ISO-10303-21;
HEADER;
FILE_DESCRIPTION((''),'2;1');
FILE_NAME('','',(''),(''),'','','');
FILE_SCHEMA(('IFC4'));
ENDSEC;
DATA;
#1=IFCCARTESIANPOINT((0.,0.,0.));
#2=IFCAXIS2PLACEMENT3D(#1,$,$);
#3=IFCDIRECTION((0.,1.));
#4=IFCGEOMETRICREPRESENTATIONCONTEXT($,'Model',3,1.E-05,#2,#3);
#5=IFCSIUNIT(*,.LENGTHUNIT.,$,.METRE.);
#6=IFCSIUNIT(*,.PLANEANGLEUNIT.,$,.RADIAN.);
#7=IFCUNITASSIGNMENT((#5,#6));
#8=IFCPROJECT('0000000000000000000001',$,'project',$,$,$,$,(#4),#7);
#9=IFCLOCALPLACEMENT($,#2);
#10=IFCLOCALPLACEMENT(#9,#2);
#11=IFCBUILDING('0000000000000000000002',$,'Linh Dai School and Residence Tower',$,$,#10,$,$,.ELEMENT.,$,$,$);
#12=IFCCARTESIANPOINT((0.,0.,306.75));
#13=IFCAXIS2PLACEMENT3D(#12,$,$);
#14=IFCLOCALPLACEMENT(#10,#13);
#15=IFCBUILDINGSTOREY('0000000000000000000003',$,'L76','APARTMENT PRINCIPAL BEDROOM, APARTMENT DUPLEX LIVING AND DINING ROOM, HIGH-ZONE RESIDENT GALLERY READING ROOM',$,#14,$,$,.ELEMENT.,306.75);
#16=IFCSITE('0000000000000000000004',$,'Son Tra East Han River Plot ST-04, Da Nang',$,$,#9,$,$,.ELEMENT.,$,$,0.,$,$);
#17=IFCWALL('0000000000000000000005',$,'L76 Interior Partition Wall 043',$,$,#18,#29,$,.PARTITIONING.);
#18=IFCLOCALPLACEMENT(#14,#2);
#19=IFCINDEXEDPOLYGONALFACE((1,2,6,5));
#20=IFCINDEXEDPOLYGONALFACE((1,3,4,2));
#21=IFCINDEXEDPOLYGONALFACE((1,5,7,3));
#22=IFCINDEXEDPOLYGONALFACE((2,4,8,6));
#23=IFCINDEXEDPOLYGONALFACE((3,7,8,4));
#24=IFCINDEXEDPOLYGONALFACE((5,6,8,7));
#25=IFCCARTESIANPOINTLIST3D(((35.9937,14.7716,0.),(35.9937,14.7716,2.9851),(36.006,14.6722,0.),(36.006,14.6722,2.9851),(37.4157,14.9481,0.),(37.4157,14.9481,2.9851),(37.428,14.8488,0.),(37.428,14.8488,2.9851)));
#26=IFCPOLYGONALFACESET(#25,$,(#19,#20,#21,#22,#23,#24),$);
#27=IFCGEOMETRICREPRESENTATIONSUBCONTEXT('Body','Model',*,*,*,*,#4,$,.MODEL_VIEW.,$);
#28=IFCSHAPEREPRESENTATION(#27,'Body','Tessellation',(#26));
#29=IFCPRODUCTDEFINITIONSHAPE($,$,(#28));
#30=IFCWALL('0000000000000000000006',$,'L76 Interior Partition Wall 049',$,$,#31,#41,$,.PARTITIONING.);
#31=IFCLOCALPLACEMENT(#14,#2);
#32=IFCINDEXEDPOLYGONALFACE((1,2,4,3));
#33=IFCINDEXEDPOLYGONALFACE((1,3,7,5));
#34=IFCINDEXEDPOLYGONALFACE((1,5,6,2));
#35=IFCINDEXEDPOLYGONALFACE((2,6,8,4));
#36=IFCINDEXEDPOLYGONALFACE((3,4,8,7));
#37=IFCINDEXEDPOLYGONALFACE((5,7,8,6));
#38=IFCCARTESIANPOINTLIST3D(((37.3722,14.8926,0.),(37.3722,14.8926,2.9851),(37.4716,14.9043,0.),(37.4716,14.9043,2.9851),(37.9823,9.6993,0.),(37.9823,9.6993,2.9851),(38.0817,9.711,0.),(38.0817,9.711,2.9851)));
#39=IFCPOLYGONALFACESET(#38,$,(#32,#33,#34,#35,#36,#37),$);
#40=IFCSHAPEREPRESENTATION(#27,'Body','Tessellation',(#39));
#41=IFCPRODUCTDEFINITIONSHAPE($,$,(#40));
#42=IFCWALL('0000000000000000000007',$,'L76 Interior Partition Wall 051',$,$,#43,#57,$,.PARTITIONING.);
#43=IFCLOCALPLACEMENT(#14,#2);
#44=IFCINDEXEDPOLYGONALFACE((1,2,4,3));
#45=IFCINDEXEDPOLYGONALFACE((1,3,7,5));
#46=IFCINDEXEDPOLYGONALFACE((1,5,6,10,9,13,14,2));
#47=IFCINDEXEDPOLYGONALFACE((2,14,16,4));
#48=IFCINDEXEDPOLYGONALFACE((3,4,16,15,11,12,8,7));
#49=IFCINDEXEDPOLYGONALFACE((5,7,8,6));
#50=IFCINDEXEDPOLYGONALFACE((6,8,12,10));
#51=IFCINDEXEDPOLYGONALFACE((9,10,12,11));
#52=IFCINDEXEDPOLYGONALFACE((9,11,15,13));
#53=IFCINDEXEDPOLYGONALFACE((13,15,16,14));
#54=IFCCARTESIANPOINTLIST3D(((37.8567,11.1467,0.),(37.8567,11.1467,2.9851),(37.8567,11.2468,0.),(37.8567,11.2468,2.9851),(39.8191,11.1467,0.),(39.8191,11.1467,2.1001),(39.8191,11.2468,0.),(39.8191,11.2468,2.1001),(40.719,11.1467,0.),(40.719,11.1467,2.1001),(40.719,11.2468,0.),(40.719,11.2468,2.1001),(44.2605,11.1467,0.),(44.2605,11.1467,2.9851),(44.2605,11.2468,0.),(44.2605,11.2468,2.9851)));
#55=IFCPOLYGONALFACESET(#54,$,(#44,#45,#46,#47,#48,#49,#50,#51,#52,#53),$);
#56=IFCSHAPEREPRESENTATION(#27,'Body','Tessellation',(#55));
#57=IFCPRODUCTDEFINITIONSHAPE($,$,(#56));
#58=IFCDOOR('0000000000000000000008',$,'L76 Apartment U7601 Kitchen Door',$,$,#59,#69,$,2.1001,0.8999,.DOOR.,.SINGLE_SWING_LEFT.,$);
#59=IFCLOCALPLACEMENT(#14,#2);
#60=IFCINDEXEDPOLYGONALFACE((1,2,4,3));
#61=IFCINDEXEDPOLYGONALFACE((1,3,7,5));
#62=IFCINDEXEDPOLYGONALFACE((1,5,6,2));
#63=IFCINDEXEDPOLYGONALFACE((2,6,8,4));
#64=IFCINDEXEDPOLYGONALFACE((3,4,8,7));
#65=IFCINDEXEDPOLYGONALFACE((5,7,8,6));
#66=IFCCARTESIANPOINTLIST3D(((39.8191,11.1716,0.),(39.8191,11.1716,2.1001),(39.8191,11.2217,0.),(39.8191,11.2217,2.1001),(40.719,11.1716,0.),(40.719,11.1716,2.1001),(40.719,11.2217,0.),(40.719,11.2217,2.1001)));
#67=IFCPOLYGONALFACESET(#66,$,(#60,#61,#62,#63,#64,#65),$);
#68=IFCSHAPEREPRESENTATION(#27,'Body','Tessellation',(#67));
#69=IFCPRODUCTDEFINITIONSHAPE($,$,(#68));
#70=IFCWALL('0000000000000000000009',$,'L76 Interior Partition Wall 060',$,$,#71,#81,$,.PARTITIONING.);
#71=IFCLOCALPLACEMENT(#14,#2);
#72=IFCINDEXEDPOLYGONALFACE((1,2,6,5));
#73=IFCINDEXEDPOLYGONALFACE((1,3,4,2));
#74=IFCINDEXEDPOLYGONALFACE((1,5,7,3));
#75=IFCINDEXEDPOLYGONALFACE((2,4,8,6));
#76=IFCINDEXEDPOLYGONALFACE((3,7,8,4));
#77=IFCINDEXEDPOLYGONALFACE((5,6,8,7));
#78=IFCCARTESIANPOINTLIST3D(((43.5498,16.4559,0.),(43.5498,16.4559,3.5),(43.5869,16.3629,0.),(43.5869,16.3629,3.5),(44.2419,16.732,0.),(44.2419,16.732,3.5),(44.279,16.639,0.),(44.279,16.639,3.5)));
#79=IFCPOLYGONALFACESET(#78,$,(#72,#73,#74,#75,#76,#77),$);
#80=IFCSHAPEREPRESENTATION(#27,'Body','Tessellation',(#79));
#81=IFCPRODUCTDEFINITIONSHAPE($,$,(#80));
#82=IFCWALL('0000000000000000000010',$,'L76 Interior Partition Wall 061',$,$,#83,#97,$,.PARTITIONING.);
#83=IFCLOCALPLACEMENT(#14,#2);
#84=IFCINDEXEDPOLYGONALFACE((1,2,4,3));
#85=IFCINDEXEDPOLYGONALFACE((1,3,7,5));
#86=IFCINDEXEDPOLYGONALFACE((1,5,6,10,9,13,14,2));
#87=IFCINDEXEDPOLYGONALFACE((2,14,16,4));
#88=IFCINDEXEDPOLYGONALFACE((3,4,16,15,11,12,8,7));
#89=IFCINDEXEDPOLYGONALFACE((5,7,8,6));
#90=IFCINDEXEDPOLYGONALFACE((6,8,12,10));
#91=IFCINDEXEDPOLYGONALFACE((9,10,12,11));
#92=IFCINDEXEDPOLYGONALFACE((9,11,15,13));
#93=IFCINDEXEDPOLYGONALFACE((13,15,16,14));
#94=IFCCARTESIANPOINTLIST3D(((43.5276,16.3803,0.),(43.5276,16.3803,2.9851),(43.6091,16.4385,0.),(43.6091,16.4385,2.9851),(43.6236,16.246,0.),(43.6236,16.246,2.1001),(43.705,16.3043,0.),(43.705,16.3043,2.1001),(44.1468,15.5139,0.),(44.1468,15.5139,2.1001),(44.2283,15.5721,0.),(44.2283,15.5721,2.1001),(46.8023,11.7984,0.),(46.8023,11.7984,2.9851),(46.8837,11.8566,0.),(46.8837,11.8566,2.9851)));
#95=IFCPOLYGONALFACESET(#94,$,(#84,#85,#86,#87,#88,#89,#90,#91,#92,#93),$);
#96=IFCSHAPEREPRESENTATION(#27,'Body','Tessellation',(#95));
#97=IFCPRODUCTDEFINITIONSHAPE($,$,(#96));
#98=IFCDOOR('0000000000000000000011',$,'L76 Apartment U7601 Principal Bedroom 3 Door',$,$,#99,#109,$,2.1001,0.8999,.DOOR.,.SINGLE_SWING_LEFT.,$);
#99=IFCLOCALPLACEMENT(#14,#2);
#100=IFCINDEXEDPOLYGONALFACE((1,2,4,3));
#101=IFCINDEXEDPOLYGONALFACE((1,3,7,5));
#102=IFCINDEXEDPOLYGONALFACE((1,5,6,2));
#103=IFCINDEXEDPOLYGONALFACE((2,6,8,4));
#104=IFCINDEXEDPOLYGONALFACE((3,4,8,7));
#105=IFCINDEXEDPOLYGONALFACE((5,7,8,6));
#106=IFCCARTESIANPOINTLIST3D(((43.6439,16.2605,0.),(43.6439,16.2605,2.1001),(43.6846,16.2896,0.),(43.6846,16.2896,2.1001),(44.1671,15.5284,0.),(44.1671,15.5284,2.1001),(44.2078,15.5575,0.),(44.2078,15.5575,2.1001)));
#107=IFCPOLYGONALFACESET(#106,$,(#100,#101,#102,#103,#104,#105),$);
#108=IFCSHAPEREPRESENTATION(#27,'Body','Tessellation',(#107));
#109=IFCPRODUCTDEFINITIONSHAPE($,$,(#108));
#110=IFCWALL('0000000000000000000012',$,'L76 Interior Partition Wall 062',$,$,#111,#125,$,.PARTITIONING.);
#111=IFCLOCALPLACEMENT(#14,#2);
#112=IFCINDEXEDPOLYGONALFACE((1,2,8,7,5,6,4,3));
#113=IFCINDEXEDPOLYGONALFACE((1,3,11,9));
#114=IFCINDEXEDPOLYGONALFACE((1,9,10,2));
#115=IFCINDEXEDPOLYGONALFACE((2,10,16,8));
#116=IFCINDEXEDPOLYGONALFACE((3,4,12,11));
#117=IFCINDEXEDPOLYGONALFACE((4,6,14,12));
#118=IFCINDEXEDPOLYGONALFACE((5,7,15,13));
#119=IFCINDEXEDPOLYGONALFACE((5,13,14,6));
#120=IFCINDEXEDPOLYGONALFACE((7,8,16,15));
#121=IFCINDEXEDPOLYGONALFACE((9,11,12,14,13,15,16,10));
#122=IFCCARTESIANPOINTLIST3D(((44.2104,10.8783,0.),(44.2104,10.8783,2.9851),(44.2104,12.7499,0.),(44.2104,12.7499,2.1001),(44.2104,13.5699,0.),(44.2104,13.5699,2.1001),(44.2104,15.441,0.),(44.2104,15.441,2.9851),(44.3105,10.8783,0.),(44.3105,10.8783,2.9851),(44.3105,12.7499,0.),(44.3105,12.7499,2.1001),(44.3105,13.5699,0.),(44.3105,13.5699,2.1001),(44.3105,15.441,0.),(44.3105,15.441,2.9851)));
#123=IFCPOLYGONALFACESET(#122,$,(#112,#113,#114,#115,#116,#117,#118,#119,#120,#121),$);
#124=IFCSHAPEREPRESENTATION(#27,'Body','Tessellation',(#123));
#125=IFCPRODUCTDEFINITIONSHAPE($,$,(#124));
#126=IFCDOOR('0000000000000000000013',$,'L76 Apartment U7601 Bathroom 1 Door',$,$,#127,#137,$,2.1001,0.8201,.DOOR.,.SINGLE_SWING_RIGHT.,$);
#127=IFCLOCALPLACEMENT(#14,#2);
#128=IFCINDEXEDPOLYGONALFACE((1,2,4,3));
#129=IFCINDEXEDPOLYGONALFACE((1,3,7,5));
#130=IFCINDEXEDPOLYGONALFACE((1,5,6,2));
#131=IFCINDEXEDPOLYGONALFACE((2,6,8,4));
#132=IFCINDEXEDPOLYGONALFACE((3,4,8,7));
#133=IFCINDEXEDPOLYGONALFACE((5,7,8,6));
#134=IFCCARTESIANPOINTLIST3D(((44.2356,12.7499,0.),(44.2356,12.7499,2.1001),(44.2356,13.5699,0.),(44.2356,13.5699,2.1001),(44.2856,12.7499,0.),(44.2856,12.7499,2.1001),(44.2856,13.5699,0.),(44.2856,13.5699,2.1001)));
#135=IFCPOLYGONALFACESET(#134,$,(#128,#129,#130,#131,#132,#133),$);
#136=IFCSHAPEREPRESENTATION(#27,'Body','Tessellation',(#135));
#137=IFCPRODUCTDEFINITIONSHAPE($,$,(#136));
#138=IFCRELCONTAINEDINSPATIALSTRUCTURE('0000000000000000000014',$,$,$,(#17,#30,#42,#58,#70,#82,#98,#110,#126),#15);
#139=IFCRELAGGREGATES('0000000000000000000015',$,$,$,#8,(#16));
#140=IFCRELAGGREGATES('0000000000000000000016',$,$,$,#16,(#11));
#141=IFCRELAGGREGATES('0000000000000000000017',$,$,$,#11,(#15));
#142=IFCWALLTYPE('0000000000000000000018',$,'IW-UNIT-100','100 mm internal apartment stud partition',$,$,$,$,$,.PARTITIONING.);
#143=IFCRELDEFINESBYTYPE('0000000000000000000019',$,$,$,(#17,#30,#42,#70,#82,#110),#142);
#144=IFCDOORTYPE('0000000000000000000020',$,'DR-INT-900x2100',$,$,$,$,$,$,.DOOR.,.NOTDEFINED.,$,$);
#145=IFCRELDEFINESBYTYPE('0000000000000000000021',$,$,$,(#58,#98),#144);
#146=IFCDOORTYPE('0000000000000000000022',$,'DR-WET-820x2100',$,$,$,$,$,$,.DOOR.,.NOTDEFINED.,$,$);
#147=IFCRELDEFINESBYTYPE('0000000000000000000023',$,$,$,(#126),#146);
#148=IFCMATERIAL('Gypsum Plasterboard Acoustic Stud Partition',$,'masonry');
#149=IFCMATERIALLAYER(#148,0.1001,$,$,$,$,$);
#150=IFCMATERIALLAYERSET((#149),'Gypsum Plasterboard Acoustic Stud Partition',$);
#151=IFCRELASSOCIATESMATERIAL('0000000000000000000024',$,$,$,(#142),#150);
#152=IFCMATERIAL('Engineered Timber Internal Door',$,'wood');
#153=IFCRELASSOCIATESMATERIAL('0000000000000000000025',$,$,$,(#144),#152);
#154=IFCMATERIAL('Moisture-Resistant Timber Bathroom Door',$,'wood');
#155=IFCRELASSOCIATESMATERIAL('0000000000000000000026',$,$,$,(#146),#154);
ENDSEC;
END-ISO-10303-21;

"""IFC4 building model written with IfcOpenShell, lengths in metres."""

from ifc_helpers import new_model, si_unit, direction, frame, frame_2d, origin, origin_2d, place, context, subcontext, project, spatial, rectangle, extrude, source, transform, mapped, material, layer, layer_set, type_object, element, fill, save


model = new_model("IFC4")

# Units and contexts
model_context = context("Model", 3, precision=1e-05, world=origin(), true_north=direction((0.0, 1.0)))
body_context = subcontext(model_context, "Body", "Model", "MODEL_VIEW")
ifc_project = project(units=[si_unit("LENGTHUNIT", "METRE"), si_unit("PLANEANGLEUNIT", "RADIAN")], contexts=[model_context])

# Site, building, storey
site_placement = place(None, origin())
site = spatial("IfcSite", under=ifc_project, at=site_placement, Name="Son Tra East Han River Plot ST-04, Da Nang", CompositionType="ELEMENT", RefElevation=0.0)
building_placement = place(site_placement, origin())
building = spatial("IfcBuilding", under=site, at=building_placement, Name="Linh Dai School and Residence Tower", CompositionType="ELEMENT")
storey_placement = place(building_placement, frame((0.0, 0.0, 306.75)))
storey = spatial("IfcBuildingStorey", under=building, at=storey_placement, Name="L76", Description="APARTMENT PRINCIPAL BEDROOM, APARTMENT DUPLEX LIVING AND DINING ROOM, HIGH-ZONE RESIDENT GALLERY READING ROOM", CompositionType="ELEMENT", Elevation=306.75)

# Walls
ifc_material_1 = material(Name="Gypsum Plasterboard Acoustic Stud Partition", Category="masonry")
ifc_layer_1 = layer(ifc_material_1, 0.1001)
ifc_layer_set_1 = layer_set([ifc_layer_1], Name="Gypsum Plasterboard Acoustic Stud Partition")
wall_type_1 = type_object("IfcWallType", Name="IW-UNIT-100", Description="100 mm internal apartment stud partition", PredefinedType="PARTITIONING", material=ifc_layer_set_1)
wall_1_placement = place(storey_placement, frame((36.0, 14.7219, 0.0), z_axis=(0.0, 0.0, 1.0), x_axis=(0.992382, 0.123196, 0.0)))
element("IfcWall", 1, at=wall_1_placement, inside=storey, type_object=wall_type_1, Name="L76 Interior Partition Wall 043", PredefinedType="PARTITIONING", context=body_context, shape_type="SweptSolid", body=[
    extrude(rectangle(XDim=1.4329, YDim=0.1001, at=frame_2d((0.7163, 0.0))), origin(), (0.0, 0.0, 1.0), 2.9851),
])
wall_2_placement = place(storey_placement, frame((37.4219, 14.8984, 0.0), z_axis=(0.0, 0.0, 1.0), x_axis=(0.116676, -0.99317, 0.0)))
element("IfcWall", 2, at=wall_2_placement, inside=storey, type_object=wall_type_1, Name="L76 Interior Partition Wall 049", PredefinedType="PARTITIONING", context=body_context, shape_type="SweptSolid", body=[
    extrude(rectangle(XDim=5.229, YDim=0.1001, at=frame_2d((2.6145, 0.0))), origin(), (0.0, 0.0, 1.0), 2.9851),
])

# Wall, opening, door
wall_3_placement = place(storey_placement, frame((37.8567, 11.1968, 0.0), z_axis=(0.0, 0.0, 1.0), x_axis=(1.0, 0.0, 0.0)))
wall_3 = element("IfcWall", 3, at=wall_3_placement, inside=storey, type_object=wall_type_1, Name="L76 Interior Partition Wall 051", PredefinedType="PARTITIONING", context=body_context, shape_type="SweptSolid", body=[
    extrude(rectangle(XDim=6.4038, YDim=0.1001, at=frame_2d((3.2019, 0.0))), origin(), (0.0, 0.0, 1.0), 2.9851),
])
opening_1_placement = place(wall_3_placement, frame((1.9624, 0.0, 0.0)))
opening_1 = element("IfcOpeningElement", 4, at=opening_1_placement, cuts=wall_3, PredefinedType="OPENING", context=body_context, shape_type="SweptSolid", body=[
    extrude(rectangle(XDim=0.8999, YDim=2.1001, at=origin_2d()), frame((0.45, 0.0601, 1.05), z_axis=(0.0, -1.0, 0.0), x_axis=(1.0, 0.0, 0.0)), (0.0, 0.0, 1.0), 0.1201),
])
ifc_material_2 = material(Name="Engineered Timber Internal Door", Category="wood")
door_type_1 = type_object("IfcDoorType", Name="DR-INT-900x2100", OperationType="NOTDEFINED", PredefinedType="DOOR", material=ifc_material_2)
shared_shape_1 = source(origin(), body_context, "Body", "SweptSolid", [
    extrude(rectangle(XDim=0.8999, YDim=2.1001, at=origin_2d()), frame((0.45, 0.0249, 1.05), z_axis=(0.0, -1.0, 0.0), x_axis=(1.0, 0.0, 0.0)), (0.0, 0.0, 1.0), 0.05),
])
door_1_placement = place(opening_1_placement, origin())
door_1 = element("IfcDoor", 5, at=door_1_placement, inside=storey, type_object=door_type_1, Name="L76 Apartment U7601 Kitchen Door", OperationType="SINGLE_SWING_LEFT", OverallHeight=2.1001, OverallWidth=0.8999, PredefinedType="DOOR", context=body_context, shape_type="MappedRepresentation", body=[
    mapped(shared_shape_1, transform((0.0, 0.0, 0.0), x_axis=(1.0, 0.0, 0.0), y_axis=(0.0, 1.0, 0.0), z_axis=(0.0, 0.0, 1.0), scale=1.0)),
])
fill(opening_1, door_1)

# Wall
wall_4_placement = place(storey_placement, frame((43.5684, 16.4094, 0.0), z_axis=(0.0, 0.0, 1.0), x_axis=(0.928815, 0.370543, 0.0)))
element("IfcWall", 6, at=wall_4_placement, inside=storey, type_object=wall_type_1, Name="L76 Interior Partition Wall 060", PredefinedType="PARTITIONING", context=body_context, shape_type="SweptSolid", body=[
    extrude(rectangle(XDim=0.7451, YDim=0.1001, at=frame_2d((0.3726, 0.0))), origin(), (0.0, 0.0, 1.0), 3.5),
])

# Walls, openings, doors
wall_5_placement = place(storey_placement, frame((43.5684, 16.4094, 0.0), z_axis=(0.0, 0.0, 1.0), x_axis=(0.581447, -0.813584, 0.0)))
wall_5 = element("IfcWall", 7, at=wall_5_placement, inside=storey, type_object=wall_type_1, Name="L76 Interior Partition Wall 061", PredefinedType="PARTITIONING", context=body_context, shape_type="SweptSolid", body=[
    extrude(rectangle(XDim=5.6318, YDim=0.1001, at=frame_2d((2.8159, 0.0))), origin(), (0.0, 0.0, 1.0), 2.9851),
])
opening_2_placement = place(wall_5_placement, frame((0.165, 0.0, 0.0)))
opening_2 = element("IfcOpeningElement", 8, at=opening_2_placement, cuts=wall_5, PredefinedType="OPENING", context=body_context, shape_type="SweptSolid", body=[
    extrude(rectangle(XDim=0.8999, YDim=2.1001, at=origin_2d()), frame((0.45, 0.0601, 1.05), z_axis=(0.0, -1.0, 0.0), x_axis=(1.0, 0.0, 0.0)), (0.0, 0.0, 1.0), 0.1201),
])
door_2_placement = place(opening_2_placement, origin())
door_2 = element("IfcDoor", 9, at=door_2_placement, inside=storey, type_object=door_type_1, Name="L76 Apartment U7601 Principal Bedroom 3 Door", OperationType="SINGLE_SWING_LEFT", OverallHeight=2.1001, OverallWidth=0.8999, PredefinedType="DOOR", context=body_context, shape_type="MappedRepresentation", body=[
    mapped(shared_shape_1, transform((0.0, 0.0, 0.0), x_axis=(1.0, 0.0, 0.0), y_axis=(0.0, 1.0, 0.0), z_axis=(0.0, 0.0, 1.0), scale=1.0)),
])
fill(opening_2, door_2)
wall_6_placement = place(storey_placement, frame((44.2605, 10.8784, 0.0), z_axis=(0.0, 0.0, 1.0), x_axis=(0.0, 1.0, 0.0)))
wall_6 = element("IfcWall", 10, at=wall_6_placement, inside=storey, type_object=wall_type_1, Name="L76 Interior Partition Wall 062", PredefinedType="PARTITIONING", context=body_context, shape_type="SweptSolid", body=[
    extrude(rectangle(XDim=4.5627, YDim=0.1001, at=frame_2d((2.2812, 0.0))), origin(), (0.0, 0.0, 1.0), 2.9851),
])
opening_3_placement = place(wall_6_placement, frame((1.8713, 0.0, 0.0)))
opening_3 = element("IfcOpeningElement", 11, at=opening_3_placement, cuts=wall_6, PredefinedType="OPENING", context=body_context, shape_type="SweptSolid", body=[
    extrude(rectangle(XDim=0.8201, YDim=2.1001, at=origin_2d()), frame((0.4102, 0.0601, 1.05), z_axis=(0.0, -1.0, 0.0), x_axis=(1.0, 0.0, 0.0)), (0.0, 0.0, 1.0), 0.1201),
])
ifc_material_3 = material(Name="Moisture-Resistant Timber Bathroom Door", Category="wood")
door_type_2 = type_object("IfcDoorType", Name="DR-WET-820x2100", OperationType="NOTDEFINED", PredefinedType="DOOR", material=ifc_material_3)
shared_shape_2 = source(origin(), body_context, "Body", "SweptSolid", [
    extrude(rectangle(XDim=0.8201, YDim=2.1001, at=origin_2d()), frame((0.4102, 0.0249, 1.05), z_axis=(0.0, -1.0, 0.0), x_axis=(1.0, 0.0, 0.0)), (0.0, 0.0, 1.0), 0.05),
])
door_3_placement = place(opening_3_placement, origin())
door_3 = element("IfcDoor", 12, at=door_3_placement, inside=storey, type_object=door_type_2, Name="L76 Apartment U7601 Bathroom 1 Door", OperationType="SINGLE_SWING_RIGHT", OverallHeight=2.1001, OverallWidth=0.8201, PredefinedType="DOOR", context=body_context, shape_type="MappedRepresentation", body=[
    mapped(shared_shape_2, transform((0.0, 0.0, 0.0), x_axis=(1.0, 0.0, 0.0), y_axis=(0.0, 1.0, 0.0), z_axis=(0.0, 0.0, 1.0), scale=1.0)),
])
fill(opening_3, door_3)

save(model, "model.ifc")
